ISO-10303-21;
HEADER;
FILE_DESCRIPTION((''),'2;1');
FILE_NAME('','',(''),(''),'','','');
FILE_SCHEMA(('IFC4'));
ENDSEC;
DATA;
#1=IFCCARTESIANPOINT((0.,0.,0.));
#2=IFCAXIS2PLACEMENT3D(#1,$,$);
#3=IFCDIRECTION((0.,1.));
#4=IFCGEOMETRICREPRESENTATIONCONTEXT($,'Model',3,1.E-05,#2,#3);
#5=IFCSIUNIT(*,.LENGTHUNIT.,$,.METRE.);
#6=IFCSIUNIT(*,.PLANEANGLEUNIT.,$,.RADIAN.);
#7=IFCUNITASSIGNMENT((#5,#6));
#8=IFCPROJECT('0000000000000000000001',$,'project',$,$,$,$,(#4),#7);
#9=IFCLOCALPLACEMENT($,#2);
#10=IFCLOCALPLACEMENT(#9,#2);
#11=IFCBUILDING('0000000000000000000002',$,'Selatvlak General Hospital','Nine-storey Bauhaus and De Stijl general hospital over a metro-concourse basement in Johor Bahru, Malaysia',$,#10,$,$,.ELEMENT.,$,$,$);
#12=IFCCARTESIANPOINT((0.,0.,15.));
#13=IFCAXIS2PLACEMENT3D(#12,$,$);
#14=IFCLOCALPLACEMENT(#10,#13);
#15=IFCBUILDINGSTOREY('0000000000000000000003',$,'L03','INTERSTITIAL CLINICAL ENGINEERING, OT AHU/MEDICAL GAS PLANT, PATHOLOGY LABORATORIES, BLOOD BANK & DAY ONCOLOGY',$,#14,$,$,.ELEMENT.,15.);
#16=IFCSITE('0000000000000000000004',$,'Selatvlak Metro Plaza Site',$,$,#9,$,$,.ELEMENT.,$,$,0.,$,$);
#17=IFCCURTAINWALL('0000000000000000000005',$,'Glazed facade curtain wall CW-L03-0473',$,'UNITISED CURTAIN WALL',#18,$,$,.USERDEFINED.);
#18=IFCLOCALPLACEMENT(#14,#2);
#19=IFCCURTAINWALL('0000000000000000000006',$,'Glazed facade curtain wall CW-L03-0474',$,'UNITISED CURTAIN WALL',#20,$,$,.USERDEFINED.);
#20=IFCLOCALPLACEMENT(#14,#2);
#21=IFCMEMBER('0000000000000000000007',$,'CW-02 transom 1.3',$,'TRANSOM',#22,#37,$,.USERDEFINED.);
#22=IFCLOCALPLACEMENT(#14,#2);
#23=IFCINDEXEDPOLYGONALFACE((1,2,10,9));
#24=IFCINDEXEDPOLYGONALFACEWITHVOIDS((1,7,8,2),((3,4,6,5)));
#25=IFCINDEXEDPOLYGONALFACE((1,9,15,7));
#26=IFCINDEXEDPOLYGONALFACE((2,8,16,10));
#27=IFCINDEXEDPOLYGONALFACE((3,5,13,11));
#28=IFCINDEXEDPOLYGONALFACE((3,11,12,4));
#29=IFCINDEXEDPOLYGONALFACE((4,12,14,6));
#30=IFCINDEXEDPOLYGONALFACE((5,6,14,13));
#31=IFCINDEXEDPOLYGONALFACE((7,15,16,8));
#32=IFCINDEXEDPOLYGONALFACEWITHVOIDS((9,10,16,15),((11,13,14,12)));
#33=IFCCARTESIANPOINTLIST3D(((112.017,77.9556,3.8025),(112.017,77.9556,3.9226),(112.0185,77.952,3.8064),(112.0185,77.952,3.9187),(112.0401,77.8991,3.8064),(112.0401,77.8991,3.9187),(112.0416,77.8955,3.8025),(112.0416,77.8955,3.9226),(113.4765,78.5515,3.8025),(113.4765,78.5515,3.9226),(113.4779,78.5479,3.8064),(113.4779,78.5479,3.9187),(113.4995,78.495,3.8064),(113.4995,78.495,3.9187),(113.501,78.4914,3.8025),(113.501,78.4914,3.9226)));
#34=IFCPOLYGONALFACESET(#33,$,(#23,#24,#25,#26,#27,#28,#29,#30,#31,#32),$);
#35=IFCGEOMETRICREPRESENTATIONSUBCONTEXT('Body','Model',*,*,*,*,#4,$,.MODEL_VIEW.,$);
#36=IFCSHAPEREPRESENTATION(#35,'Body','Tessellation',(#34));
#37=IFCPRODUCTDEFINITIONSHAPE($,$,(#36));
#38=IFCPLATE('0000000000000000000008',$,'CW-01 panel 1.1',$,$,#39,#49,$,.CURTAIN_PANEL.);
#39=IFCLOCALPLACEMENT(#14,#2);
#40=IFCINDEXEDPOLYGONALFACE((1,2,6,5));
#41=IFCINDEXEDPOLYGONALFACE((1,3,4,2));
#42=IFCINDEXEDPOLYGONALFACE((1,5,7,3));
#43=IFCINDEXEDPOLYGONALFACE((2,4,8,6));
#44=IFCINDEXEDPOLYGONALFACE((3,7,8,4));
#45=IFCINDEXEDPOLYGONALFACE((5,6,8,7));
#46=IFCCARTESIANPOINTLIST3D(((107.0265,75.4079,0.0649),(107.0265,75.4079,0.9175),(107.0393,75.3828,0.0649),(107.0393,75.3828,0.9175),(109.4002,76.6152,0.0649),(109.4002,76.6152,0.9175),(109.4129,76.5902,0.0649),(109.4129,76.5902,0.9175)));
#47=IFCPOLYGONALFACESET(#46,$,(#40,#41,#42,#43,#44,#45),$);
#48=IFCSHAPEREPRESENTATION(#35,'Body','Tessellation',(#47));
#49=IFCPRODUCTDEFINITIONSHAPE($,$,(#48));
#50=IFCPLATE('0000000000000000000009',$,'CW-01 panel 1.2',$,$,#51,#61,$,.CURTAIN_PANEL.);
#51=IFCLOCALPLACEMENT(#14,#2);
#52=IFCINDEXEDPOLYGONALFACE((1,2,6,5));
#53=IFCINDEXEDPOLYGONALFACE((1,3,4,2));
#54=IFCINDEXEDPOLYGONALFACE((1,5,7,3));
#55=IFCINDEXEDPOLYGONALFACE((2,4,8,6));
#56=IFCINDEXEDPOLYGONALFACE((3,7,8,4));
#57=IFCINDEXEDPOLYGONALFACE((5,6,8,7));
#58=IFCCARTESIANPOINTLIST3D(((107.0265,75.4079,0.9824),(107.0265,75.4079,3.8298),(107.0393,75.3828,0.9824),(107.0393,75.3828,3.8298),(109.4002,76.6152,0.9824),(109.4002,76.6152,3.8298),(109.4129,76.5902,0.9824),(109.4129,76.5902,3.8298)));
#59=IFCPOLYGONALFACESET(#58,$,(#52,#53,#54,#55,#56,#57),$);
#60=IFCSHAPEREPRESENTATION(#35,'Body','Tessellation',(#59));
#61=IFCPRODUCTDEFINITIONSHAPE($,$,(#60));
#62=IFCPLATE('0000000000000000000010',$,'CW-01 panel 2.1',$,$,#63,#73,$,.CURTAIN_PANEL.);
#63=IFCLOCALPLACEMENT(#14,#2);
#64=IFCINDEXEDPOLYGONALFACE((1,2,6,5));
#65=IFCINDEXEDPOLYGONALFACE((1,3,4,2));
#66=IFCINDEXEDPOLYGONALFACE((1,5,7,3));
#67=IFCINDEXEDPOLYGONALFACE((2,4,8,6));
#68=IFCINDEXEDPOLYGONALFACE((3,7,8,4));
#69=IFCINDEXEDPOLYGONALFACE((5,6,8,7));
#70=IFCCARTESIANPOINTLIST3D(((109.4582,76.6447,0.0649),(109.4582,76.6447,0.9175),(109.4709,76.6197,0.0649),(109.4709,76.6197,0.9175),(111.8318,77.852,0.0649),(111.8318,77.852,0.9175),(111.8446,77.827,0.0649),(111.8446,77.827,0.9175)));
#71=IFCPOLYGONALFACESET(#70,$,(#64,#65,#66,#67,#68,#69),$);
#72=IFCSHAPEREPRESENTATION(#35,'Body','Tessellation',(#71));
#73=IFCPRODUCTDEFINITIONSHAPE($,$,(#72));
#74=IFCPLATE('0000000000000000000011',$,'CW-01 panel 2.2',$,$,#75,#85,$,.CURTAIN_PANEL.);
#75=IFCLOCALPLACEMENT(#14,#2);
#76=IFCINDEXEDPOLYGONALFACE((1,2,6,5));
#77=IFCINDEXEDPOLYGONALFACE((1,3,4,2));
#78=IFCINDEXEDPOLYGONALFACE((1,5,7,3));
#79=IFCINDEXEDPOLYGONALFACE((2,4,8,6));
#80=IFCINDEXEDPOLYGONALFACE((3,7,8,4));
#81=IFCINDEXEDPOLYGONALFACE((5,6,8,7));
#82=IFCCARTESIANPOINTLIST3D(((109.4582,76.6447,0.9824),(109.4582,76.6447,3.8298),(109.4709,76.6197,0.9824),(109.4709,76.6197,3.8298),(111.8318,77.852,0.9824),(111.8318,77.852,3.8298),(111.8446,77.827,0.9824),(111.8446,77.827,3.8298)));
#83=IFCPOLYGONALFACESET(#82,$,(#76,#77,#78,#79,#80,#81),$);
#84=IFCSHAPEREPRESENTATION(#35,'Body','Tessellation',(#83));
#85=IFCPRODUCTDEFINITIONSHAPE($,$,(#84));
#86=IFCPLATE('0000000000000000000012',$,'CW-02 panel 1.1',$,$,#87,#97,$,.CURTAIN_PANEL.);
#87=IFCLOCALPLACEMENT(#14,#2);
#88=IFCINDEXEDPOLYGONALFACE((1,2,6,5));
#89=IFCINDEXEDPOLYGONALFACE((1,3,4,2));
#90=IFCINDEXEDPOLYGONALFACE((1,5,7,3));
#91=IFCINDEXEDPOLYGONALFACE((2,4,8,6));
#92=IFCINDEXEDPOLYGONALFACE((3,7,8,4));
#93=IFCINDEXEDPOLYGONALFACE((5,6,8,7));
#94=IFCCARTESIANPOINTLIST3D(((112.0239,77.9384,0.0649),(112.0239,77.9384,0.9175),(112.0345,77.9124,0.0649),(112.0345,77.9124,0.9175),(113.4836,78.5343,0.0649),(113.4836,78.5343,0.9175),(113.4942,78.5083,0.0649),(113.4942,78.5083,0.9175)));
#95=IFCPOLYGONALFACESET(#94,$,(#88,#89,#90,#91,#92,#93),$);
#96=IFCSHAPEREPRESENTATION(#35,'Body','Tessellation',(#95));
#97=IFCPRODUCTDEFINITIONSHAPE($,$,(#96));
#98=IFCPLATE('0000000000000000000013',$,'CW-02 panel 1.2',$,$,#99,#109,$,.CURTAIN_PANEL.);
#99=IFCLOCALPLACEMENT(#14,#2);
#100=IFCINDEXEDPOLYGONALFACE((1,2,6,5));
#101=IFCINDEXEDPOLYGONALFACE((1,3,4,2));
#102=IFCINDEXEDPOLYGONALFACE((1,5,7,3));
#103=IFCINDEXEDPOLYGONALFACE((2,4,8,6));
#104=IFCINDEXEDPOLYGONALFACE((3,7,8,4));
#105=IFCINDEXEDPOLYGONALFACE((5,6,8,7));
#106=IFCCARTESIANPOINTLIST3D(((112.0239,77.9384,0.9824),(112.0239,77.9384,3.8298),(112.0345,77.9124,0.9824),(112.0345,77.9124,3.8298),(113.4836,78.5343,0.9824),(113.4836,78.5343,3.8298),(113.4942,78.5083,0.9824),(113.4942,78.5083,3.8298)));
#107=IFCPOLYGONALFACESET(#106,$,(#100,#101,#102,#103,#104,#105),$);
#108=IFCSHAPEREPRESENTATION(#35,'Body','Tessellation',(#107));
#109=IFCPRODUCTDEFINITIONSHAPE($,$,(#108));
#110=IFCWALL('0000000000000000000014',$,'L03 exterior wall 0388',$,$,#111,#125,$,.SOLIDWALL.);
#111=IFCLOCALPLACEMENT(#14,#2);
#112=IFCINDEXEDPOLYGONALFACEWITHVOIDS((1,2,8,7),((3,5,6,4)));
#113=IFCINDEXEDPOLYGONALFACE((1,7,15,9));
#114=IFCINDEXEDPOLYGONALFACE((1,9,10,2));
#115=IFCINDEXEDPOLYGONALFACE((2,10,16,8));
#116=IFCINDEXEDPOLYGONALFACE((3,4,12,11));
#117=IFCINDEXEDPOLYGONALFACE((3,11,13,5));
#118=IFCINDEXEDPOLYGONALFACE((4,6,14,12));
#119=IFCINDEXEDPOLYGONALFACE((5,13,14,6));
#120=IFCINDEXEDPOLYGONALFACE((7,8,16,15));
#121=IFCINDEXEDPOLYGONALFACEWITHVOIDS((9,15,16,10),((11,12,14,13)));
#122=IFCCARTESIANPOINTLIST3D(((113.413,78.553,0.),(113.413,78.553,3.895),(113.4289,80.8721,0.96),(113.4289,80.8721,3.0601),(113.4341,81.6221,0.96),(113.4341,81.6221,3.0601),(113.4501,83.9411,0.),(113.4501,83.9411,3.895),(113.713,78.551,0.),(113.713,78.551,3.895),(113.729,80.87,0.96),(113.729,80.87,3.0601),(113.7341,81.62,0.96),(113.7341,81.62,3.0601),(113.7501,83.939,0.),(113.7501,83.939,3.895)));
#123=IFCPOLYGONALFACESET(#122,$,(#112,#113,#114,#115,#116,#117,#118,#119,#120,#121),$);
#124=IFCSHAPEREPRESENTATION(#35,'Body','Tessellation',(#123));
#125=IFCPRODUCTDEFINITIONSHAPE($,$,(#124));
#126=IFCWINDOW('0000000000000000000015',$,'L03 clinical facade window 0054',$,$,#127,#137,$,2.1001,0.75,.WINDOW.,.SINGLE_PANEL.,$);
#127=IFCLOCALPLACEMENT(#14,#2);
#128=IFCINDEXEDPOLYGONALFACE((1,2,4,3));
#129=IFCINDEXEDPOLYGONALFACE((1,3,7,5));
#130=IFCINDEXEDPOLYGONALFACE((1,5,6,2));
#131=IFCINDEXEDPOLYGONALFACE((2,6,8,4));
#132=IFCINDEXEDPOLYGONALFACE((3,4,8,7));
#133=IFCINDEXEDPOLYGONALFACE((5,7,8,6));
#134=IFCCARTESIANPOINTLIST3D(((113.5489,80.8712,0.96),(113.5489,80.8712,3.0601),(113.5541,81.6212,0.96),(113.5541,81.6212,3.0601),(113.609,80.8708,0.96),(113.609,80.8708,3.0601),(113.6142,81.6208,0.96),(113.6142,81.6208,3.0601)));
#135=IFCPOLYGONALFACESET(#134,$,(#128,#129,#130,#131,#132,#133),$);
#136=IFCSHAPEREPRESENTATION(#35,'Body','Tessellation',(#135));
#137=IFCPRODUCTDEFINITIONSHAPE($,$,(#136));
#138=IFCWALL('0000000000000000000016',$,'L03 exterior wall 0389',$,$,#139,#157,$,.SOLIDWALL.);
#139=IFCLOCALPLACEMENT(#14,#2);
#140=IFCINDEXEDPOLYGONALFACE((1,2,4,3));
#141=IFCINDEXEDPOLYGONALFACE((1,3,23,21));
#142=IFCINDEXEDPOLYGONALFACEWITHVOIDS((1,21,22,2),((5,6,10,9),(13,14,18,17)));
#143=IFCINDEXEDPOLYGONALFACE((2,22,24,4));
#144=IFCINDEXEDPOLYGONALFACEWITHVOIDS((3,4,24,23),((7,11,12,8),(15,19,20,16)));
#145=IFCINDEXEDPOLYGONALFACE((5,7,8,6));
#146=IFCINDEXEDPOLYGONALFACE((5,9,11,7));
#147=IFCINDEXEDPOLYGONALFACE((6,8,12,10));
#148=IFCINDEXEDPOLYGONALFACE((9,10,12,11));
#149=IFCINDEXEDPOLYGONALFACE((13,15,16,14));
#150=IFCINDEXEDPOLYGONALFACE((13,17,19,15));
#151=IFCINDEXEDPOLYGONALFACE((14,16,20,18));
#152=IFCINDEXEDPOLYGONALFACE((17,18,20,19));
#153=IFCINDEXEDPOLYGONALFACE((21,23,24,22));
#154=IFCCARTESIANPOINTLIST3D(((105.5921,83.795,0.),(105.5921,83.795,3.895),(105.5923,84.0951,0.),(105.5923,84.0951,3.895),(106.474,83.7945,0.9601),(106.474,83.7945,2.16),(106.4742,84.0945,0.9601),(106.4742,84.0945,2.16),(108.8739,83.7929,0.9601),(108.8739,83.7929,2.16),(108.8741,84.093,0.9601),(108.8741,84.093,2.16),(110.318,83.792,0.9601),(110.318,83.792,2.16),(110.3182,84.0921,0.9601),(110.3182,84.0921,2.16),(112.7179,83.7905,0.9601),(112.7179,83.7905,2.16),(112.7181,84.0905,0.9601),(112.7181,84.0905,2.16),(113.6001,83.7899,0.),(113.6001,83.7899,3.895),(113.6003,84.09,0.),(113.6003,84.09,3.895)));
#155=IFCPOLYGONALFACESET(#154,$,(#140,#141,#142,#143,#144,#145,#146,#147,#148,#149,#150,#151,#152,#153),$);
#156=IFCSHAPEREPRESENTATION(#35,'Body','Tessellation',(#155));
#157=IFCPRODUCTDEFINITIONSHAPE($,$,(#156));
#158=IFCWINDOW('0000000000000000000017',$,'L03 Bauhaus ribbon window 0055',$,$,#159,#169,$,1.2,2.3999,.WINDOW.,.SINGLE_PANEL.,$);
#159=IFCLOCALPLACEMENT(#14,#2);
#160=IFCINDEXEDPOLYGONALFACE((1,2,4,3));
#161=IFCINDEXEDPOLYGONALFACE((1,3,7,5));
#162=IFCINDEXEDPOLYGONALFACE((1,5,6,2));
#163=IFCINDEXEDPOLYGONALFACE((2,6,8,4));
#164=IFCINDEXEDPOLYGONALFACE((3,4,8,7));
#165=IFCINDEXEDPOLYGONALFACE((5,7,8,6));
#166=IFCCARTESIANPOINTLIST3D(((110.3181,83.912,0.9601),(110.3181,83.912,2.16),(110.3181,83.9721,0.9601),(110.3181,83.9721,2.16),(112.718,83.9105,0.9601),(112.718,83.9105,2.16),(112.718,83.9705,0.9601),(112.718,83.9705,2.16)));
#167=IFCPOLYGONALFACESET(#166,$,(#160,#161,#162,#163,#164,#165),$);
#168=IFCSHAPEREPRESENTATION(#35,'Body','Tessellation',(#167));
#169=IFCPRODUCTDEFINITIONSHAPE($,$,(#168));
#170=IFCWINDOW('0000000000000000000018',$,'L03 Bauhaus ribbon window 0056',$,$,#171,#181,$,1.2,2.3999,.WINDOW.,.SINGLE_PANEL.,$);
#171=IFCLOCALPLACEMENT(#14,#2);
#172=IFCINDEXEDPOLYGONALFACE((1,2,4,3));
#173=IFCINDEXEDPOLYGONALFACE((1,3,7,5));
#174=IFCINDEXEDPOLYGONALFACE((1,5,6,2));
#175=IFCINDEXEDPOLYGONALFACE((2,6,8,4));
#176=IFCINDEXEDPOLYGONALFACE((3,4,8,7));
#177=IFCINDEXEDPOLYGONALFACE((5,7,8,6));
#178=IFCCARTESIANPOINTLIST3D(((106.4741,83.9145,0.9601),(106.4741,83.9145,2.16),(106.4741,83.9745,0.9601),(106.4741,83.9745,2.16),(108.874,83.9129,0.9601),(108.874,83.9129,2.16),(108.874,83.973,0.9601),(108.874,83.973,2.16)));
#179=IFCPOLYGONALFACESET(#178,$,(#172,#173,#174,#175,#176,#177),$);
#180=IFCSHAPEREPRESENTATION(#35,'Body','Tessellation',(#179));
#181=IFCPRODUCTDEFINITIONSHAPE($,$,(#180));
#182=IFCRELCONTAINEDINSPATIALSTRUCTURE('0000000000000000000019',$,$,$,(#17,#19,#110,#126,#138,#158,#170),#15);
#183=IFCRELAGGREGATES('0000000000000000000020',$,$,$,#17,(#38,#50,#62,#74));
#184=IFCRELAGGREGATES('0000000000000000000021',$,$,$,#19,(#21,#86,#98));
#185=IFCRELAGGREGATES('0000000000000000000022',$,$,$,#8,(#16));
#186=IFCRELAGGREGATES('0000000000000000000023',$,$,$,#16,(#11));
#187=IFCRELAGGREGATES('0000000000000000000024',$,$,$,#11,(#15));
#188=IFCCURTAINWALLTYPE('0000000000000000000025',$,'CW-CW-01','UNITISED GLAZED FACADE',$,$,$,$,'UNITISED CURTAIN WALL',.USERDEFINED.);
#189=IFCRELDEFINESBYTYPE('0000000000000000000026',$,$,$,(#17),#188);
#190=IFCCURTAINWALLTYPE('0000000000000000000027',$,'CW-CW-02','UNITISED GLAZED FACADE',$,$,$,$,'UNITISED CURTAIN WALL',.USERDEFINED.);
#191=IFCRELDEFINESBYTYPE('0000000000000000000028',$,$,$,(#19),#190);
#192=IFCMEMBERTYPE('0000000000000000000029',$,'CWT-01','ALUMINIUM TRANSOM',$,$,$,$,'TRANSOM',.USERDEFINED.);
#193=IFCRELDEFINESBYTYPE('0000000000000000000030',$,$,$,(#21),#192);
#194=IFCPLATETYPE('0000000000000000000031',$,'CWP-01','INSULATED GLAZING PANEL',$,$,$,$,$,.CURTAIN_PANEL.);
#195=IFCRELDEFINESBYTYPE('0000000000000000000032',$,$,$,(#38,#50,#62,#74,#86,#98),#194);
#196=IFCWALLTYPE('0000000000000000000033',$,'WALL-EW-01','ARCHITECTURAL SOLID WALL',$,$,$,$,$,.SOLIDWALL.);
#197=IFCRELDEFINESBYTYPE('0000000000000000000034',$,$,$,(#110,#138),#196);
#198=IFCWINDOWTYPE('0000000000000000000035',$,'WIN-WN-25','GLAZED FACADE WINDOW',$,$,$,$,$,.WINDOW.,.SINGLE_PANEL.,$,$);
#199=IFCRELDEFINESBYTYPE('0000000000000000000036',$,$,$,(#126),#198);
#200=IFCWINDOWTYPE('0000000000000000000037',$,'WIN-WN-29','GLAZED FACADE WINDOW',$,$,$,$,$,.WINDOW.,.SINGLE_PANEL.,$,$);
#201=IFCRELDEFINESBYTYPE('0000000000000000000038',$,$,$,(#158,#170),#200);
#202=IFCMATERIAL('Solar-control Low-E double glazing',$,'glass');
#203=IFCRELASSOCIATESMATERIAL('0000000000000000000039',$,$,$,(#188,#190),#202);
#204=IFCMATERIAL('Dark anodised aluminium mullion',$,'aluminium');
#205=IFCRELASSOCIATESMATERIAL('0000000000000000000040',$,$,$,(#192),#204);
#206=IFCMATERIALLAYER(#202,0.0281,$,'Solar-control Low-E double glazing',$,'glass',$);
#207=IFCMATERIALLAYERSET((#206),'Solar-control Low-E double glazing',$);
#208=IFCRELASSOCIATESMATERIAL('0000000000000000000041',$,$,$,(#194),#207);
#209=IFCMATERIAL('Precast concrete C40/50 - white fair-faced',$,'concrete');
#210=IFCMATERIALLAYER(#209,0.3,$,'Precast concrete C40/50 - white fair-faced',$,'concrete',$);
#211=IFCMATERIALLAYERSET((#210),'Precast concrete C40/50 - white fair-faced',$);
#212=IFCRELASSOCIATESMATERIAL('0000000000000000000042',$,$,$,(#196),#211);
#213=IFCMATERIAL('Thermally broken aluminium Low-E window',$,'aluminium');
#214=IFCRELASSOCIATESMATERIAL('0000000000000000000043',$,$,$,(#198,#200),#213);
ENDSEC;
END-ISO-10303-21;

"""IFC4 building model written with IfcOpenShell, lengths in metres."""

from ifc_helpers import new_model, si_unit, direction, frame, frame_2d, origin, origin_2d, place, context, subcontext, project, spatial, rectangle, hollow_rectangle, extrude, material, layer, layer_set, material_profile, profile_set, type_object, element, fill, aggregate, save


model = new_model("IFC4")

# Units and contexts
model_context = context("Model", 3, precision=1e-05, world=origin(), true_north=direction((0.0, 1.0)))
body_context = subcontext(model_context, "Body", "Model", "MODEL_VIEW")
ifc_project = project(units=[si_unit("LENGTHUNIT", "METRE"), si_unit("PLANEANGLEUNIT", "RADIAN")], contexts=[model_context])

# Site, building, storey
site_placement = place(None, origin())
site = spatial("IfcSite", under=ifc_project, at=site_placement, Name="Selatvlak Metro Plaza Site", CompositionType="ELEMENT", RefElevation=0.0)
building_placement = place(site_placement, origin())
building = spatial("IfcBuilding", under=site, at=building_placement, Name="Selatvlak General Hospital", Description="Nine-storey Bauhaus and De Stijl general hospital over a metro-concourse basement in Johor Bahru, Malaysia", CompositionType="ELEMENT")
storey_placement = place(building_placement, frame((0.0, 0.0, 15.0)))
storey = spatial("IfcBuildingStorey", under=building, at=storey_placement, Name="L03", Description="INTERSTITIAL CLINICAL ENGINEERING, OT AHU/MEDICAL GAS PLANT, PATHOLOGY LABORATORIES, BLOOD BANK & DAY ONCOLOGY", CompositionType="ELEMENT", Elevation=15.0)

# Curtain walls
ifc_material_1 = material(Name="Solar-control Low-E double glazing", Category="glass")
curtain_wall_type_1 = type_object("IfcCurtainWallType", Name="CW-CW-01", Description="UNITISED GLAZED FACADE", ElementType="UNITISED CURTAIN WALL", PredefinedType="USERDEFINED", material=ifc_material_1)
curtain_wall_1_placement = place(storey_placement, origin())
curtain_wall_1 = element("IfcCurtainWall", 1, at=curtain_wall_1_placement, inside=storey, type_object=curtain_wall_type_1, Name="Glazed facade curtain wall CW-L03-0473", ObjectType="UNITISED CURTAIN WALL", PredefinedType="USERDEFINED")
ifc_material_2 = material(Name="Dark anodised aluminium mullion", Category="aluminium")
curtain_wall_type_2 = type_object("IfcCurtainWallType", Name="CW-CW-02", Description="UNITISED GLAZED FACADE", ElementType="UNITISED CURTAIN WALL", PredefinedType="USERDEFINED", material=ifc_material_1)
curtain_wall_2_placement = place(storey_placement, origin())
curtain_wall_2 = element("IfcCurtainWall", 2, at=curtain_wall_2_placement, inside=storey, type_object=curtain_wall_type_2, Name="Glazed facade curtain wall CW-L03-0474", ObjectType="UNITISED CURTAIN WALL", PredefinedType="USERDEFINED")

# Member
ifc_material_profile_1 = material_profile(ifc_material_2, hollow_rectangle(XDim=0.0649, YDim=0.1201, WallThickness=0.0039, at=origin_2d()), Name="AL-TRN 65x120x4")
ifc_profile_set_1 = profile_set([ifc_material_profile_1], Name="Dark anodised aluminium mullion")
member_type_1 = type_object("IfcMemberType", Name="CWT-01", Description="ALUMINIUM TRANSOM", ElementType="TRANSOM", PredefinedType="USERDEFINED", material=ifc_profile_set_1)
member_1_placement = place(storey_placement, frame((112.0293, 77.9255, 3.8625), z_axis=(0.925793, 0.37803, 0.0), x_axis=(-0.37803, 0.925793, 0.0)))
member_1 = element("IfcMember", 3, at=member_1_placement, type_object=member_type_1, Name="CW-02 transom 1.3", ObjectType="TRANSOM", PredefinedType="USERDEFINED", context=body_context, shape_type="SweptSolid", body=[
    extrude(hollow_rectangle(XDim=0.0649, YDim=0.1201, WallThickness=0.0039, at=origin_2d()), origin(), (0.0, 0.0, 1.0), 1.5764),
])

# Plates
ifc_layer_1 = layer(ifc_material_1, 0.0281, Name="Solar-control Low-E double glazing", Category="glass")
ifc_layer_set_1 = layer_set([ifc_layer_1], Name="Solar-control Low-E double glazing")
plate_type = type_object("IfcPlateType", Name="CWP-01", Description="INSULATED GLAZING PANEL", PredefinedType="CURTAIN_PANEL", material=ifc_layer_set_1)
plate_1_placement = place(storey_placement, frame((108.2197, 75.999, 0.0649), z_axis=(0.0, 0.0, 1.0), x_axis=(0.891327, 0.453361, 0.0)))
plate_1 = element("IfcPlate", 4, at=plate_1_placement, type_object=plate_type, Name="CW-01 panel 1.1", PredefinedType="CURTAIN_PANEL", context=body_context, shape_type="SweptSolid", body=[
    extrude(rectangle(XDim=2.6631, YDim=0.0281, at=origin_2d()), origin(), (0.0, 0.0, 1.0), 0.8525),
])
plate_2_placement = place(storey_placement, frame((108.2197, 75.999, 0.9824), z_axis=(0.0, 0.0, 1.0), x_axis=(0.891327, 0.453361, 0.0)))
plate_2 = element("IfcPlate", 5, at=plate_2_placement, type_object=plate_type, Name="CW-01 panel 1.2", PredefinedType="CURTAIN_PANEL", context=body_context, shape_type="SweptSolid", body=[
    extrude(rectangle(XDim=2.6631, YDim=0.0281, at=origin_2d()), origin(), (0.0, 0.0, 1.0), 2.8474),
])
plate_3_placement = place(storey_placement, frame((110.6514, 77.2358, 0.0649), z_axis=(0.0, 0.0, 1.0), x_axis=(0.891327, 0.453361, 0.0)))
plate_3 = element("IfcPlate", 6, at=plate_3_placement, type_object=plate_type, Name="CW-01 panel 2.1", PredefinedType="CURTAIN_PANEL", context=body_context, shape_type="SweptSolid", body=[
    extrude(rectangle(XDim=2.6631, YDim=0.0281, at=origin_2d()), origin(), (0.0, 0.0, 1.0), 0.8525),
])
plate_4_placement = place(storey_placement, frame((110.6514, 77.2358, 0.9824), z_axis=(0.0, 0.0, 1.0), x_axis=(0.891327, 0.453361, 0.0)))
plate_4 = element("IfcPlate", 7, at=plate_4_placement, type_object=plate_type, Name="CW-01 panel 2.2", PredefinedType="CURTAIN_PANEL", context=body_context, shape_type="SweptSolid", body=[
    extrude(rectangle(XDim=2.6631, YDim=0.0281, at=origin_2d()), origin(), (0.0, 0.0, 1.0), 2.8474),
])
aggregate(curtain_wall_1, [plate_1, plate_2, plate_3, plate_4])
plate_5_placement = place(storey_placement, frame((112.759, 78.2234, 0.0649), z_axis=(0.0, 0.0, 1.0), x_axis=(0.925827, 0.377948, 0.0)))
plate_5 = element("IfcPlate", 8, at=plate_5_placement, type_object=plate_type, Name="CW-02 panel 1.1", PredefinedType="CURTAIN_PANEL", context=body_context, shape_type="SweptSolid", body=[
    extrude(rectangle(XDim=1.5767, YDim=0.0281, at=origin_2d()), origin(), (0.0, 0.0, 1.0), 0.8525),
])
plate_6_placement = place(storey_placement, frame((112.759, 78.2234, 0.9824), z_axis=(0.0, 0.0, 1.0), x_axis=(0.925827, 0.377948, 0.0)))
plate_6 = element("IfcPlate", 9, at=plate_6_placement, type_object=plate_type, Name="CW-02 panel 1.2", PredefinedType="CURTAIN_PANEL", context=body_context, shape_type="SweptSolid", body=[
    extrude(rectangle(XDim=1.5767, YDim=0.0281, at=origin_2d()), origin(), (0.0, 0.0, 1.0), 2.8474),
])
aggregate(curtain_wall_2, [member_1, plate_5, plate_6])

# Wall, opening, window
ifc_material_3 = material(Name="Precast concrete C40/50 - white fair-faced", Category="concrete")
ifc_layer_2 = layer(ifc_material_3, 0.3, Name="Precast concrete C40/50 - white fair-faced", Category="concrete")
ifc_layer_set_2 = layer_set([ifc_layer_2], Name="Precast concrete C40/50 - white fair-faced")
wall_type_1 = type_object("IfcWallType", Name="WALL-EW-01", Description="ARCHITECTURAL SOLID WALL", PredefinedType="SOLIDWALL", material=ifc_layer_set_2)
wall_1_placement = place(storey_placement, frame((113.563, 78.552, 0.0), z_axis=(0.0, 0.0, 1.0), x_axis=(0.006887, 0.999976, 0.0)))
wall_1 = element("IfcWall", 10, at=wall_1_placement, inside=storey, type_object=wall_type_1, Name="L03 exterior wall 0388", PredefinedType="SOLIDWALL", context=body_context, shape_type="SweptSolid", body=[
    extrude(rectangle(XDim=5.3882, YDim=0.3, at=frame_2d((2.6941, 0.0))), origin(), (0.0, 0.0, 1.0), 3.895),
])
opening_1_placement = place(wall_1_placement, frame((2.3191, 0.0, 0.96)))
opening_1 = element("IfcOpeningElement", 11, at=opening_1_placement, cuts=wall_1, PredefinedType="OPENING", context=body_context, shape_type="SweptSolid", body=[
    extrude(rectangle(XDim=0.75, YDim=2.1001, at=frame_2d((0.375, 1.05))), frame((0.0, 0.1599, 0.0), z_axis=(0.0, -1.0, 0.0), x_axis=(1.0, 0.0, 0.0)), (0.0, 0.0, 1.0), 0.3201),
])
ifc_material_4 = material(Name="Thermally broken aluminium Low-E window", Category="aluminium")
window_type_1 = type_object("IfcWindowType", Name="WIN-WN-25", Description="GLAZED FACADE WINDOW", PartitioningType="SINGLE_PANEL", PredefinedType="WINDOW", material=ifc_material_4)
window_1_placement = place(opening_1_placement, origin())
window_1 = element("IfcWindow", 12, at=window_1_placement, inside=storey, type_object=window_type_1, Name="L03 clinical facade window 0054", OverallHeight=2.1001, OverallWidth=0.75, PartitioningType="SINGLE_PANEL", PredefinedType="WINDOW", context=body_context, shape_type="SweptSolid", body=[
    extrude(rectangle(XDim=0.75, YDim=2.1001, at=frame_2d((0.375, 1.05))), frame((0.0, 0.03, 0.0), z_axis=(0.0, -1.0, 0.0), x_axis=(1.0, 0.0, 0.0)), (0.0, 0.0, 1.0), 0.0601),
])
fill(opening_1, window_1)

# Wall, openings, windows
wall_2_placement = place(storey_placement, frame((113.6001, 83.9399, 0.0), z_axis=(0.0, 0.0, 1.0), x_axis=(-1.0, 0.00064, 0.0)))
wall_2 = element("IfcWall", 13, at=wall_2_placement, inside=storey, type_object=wall_type_1, Name="L03 exterior wall 0389", PredefinedType="SOLIDWALL", context=body_context, shape_type="SweptSolid", body=[
    extrude(rectangle(XDim=8.0081, YDim=0.3, at=frame_2d((4.0039, 0.0))), origin(), (0.0, 0.0, 1.0), 3.895),
])
opening_2_placement = place(wall_2_placement, frame((0.8821, 0.0, 0.96)))
opening_2 = element("IfcOpeningElement", 14, at=opening_2_placement, cuts=wall_2, PredefinedType="OPENING", context=body_context, shape_type="SweptSolid", body=[
    extrude(rectangle(XDim=2.3999, YDim=1.2, at=frame_2d((1.2, 0.6001))), frame((0.0, 0.1599, 0.0), z_axis=(0.0, -1.0, 0.0), x_axis=(1.0, 0.0, 0.0)), (0.0, 0.0, 1.0), 0.3201),
])
opening_3_placement = place(wall_2_placement, frame((4.7261, 0.0, 0.96)))
opening_3 = element("IfcOpeningElement", 15, at=opening_3_placement, cuts=wall_2, PredefinedType="OPENING", context=body_context, shape_type="SweptSolid", body=[
    extrude(rectangle(XDim=2.3999, YDim=1.2, at=frame_2d((1.2, 0.6001))), frame((0.0, 0.1599, 0.0), z_axis=(0.0, -1.0, 0.0), x_axis=(1.0, 0.0, 0.0)), (0.0, 0.0, 1.0), 0.3201),
])
window_type_2 = type_object("IfcWindowType", Name="WIN-WN-29", Description="GLAZED FACADE WINDOW", PartitioningType="SINGLE_PANEL", PredefinedType="WINDOW", material=ifc_material_4)
window_2_placement = place(opening_2_placement, origin())
window_2 = element("IfcWindow", 16, at=window_2_placement, inside=storey, type_object=window_type_2, Name="L03 Bauhaus ribbon window 0055", OverallHeight=1.2, OverallWidth=2.3999, PartitioningType="SINGLE_PANEL", PredefinedType="WINDOW", context=body_context, shape_type="SweptSolid", body=[
    extrude(rectangle(XDim=2.3999, YDim=1.2, at=frame_2d((1.2, 0.6001))), frame((0.0, 0.03, 0.0), z_axis=(0.0, -1.0, 0.0), x_axis=(1.0, 0.0, 0.0)), (0.0, 0.0, 1.0), 0.0601),
])
fill(opening_2, window_2)
window_3_placement = place(opening_3_placement, origin())
window_3 = element("IfcWindow", 17, at=window_3_placement, inside=storey, type_object=window_type_2, Name="L03 Bauhaus ribbon window 0056", OverallHeight=1.2, OverallWidth=2.3999, PartitioningType="SINGLE_PANEL", PredefinedType="WINDOW", context=body_context, shape_type="SweptSolid", body=[
    extrude(rectangle(XDim=2.3999, YDim=1.2, at=frame_2d((1.2, 0.6001))), frame((0.0, 0.03, 0.0), z_axis=(0.0, -1.0, 0.0), x_axis=(1.0, 0.0, 0.0)), (0.0, 0.0, 1.0), 0.0601),
])
fill(opening_3, window_3)

save(model, "model.ifc")
